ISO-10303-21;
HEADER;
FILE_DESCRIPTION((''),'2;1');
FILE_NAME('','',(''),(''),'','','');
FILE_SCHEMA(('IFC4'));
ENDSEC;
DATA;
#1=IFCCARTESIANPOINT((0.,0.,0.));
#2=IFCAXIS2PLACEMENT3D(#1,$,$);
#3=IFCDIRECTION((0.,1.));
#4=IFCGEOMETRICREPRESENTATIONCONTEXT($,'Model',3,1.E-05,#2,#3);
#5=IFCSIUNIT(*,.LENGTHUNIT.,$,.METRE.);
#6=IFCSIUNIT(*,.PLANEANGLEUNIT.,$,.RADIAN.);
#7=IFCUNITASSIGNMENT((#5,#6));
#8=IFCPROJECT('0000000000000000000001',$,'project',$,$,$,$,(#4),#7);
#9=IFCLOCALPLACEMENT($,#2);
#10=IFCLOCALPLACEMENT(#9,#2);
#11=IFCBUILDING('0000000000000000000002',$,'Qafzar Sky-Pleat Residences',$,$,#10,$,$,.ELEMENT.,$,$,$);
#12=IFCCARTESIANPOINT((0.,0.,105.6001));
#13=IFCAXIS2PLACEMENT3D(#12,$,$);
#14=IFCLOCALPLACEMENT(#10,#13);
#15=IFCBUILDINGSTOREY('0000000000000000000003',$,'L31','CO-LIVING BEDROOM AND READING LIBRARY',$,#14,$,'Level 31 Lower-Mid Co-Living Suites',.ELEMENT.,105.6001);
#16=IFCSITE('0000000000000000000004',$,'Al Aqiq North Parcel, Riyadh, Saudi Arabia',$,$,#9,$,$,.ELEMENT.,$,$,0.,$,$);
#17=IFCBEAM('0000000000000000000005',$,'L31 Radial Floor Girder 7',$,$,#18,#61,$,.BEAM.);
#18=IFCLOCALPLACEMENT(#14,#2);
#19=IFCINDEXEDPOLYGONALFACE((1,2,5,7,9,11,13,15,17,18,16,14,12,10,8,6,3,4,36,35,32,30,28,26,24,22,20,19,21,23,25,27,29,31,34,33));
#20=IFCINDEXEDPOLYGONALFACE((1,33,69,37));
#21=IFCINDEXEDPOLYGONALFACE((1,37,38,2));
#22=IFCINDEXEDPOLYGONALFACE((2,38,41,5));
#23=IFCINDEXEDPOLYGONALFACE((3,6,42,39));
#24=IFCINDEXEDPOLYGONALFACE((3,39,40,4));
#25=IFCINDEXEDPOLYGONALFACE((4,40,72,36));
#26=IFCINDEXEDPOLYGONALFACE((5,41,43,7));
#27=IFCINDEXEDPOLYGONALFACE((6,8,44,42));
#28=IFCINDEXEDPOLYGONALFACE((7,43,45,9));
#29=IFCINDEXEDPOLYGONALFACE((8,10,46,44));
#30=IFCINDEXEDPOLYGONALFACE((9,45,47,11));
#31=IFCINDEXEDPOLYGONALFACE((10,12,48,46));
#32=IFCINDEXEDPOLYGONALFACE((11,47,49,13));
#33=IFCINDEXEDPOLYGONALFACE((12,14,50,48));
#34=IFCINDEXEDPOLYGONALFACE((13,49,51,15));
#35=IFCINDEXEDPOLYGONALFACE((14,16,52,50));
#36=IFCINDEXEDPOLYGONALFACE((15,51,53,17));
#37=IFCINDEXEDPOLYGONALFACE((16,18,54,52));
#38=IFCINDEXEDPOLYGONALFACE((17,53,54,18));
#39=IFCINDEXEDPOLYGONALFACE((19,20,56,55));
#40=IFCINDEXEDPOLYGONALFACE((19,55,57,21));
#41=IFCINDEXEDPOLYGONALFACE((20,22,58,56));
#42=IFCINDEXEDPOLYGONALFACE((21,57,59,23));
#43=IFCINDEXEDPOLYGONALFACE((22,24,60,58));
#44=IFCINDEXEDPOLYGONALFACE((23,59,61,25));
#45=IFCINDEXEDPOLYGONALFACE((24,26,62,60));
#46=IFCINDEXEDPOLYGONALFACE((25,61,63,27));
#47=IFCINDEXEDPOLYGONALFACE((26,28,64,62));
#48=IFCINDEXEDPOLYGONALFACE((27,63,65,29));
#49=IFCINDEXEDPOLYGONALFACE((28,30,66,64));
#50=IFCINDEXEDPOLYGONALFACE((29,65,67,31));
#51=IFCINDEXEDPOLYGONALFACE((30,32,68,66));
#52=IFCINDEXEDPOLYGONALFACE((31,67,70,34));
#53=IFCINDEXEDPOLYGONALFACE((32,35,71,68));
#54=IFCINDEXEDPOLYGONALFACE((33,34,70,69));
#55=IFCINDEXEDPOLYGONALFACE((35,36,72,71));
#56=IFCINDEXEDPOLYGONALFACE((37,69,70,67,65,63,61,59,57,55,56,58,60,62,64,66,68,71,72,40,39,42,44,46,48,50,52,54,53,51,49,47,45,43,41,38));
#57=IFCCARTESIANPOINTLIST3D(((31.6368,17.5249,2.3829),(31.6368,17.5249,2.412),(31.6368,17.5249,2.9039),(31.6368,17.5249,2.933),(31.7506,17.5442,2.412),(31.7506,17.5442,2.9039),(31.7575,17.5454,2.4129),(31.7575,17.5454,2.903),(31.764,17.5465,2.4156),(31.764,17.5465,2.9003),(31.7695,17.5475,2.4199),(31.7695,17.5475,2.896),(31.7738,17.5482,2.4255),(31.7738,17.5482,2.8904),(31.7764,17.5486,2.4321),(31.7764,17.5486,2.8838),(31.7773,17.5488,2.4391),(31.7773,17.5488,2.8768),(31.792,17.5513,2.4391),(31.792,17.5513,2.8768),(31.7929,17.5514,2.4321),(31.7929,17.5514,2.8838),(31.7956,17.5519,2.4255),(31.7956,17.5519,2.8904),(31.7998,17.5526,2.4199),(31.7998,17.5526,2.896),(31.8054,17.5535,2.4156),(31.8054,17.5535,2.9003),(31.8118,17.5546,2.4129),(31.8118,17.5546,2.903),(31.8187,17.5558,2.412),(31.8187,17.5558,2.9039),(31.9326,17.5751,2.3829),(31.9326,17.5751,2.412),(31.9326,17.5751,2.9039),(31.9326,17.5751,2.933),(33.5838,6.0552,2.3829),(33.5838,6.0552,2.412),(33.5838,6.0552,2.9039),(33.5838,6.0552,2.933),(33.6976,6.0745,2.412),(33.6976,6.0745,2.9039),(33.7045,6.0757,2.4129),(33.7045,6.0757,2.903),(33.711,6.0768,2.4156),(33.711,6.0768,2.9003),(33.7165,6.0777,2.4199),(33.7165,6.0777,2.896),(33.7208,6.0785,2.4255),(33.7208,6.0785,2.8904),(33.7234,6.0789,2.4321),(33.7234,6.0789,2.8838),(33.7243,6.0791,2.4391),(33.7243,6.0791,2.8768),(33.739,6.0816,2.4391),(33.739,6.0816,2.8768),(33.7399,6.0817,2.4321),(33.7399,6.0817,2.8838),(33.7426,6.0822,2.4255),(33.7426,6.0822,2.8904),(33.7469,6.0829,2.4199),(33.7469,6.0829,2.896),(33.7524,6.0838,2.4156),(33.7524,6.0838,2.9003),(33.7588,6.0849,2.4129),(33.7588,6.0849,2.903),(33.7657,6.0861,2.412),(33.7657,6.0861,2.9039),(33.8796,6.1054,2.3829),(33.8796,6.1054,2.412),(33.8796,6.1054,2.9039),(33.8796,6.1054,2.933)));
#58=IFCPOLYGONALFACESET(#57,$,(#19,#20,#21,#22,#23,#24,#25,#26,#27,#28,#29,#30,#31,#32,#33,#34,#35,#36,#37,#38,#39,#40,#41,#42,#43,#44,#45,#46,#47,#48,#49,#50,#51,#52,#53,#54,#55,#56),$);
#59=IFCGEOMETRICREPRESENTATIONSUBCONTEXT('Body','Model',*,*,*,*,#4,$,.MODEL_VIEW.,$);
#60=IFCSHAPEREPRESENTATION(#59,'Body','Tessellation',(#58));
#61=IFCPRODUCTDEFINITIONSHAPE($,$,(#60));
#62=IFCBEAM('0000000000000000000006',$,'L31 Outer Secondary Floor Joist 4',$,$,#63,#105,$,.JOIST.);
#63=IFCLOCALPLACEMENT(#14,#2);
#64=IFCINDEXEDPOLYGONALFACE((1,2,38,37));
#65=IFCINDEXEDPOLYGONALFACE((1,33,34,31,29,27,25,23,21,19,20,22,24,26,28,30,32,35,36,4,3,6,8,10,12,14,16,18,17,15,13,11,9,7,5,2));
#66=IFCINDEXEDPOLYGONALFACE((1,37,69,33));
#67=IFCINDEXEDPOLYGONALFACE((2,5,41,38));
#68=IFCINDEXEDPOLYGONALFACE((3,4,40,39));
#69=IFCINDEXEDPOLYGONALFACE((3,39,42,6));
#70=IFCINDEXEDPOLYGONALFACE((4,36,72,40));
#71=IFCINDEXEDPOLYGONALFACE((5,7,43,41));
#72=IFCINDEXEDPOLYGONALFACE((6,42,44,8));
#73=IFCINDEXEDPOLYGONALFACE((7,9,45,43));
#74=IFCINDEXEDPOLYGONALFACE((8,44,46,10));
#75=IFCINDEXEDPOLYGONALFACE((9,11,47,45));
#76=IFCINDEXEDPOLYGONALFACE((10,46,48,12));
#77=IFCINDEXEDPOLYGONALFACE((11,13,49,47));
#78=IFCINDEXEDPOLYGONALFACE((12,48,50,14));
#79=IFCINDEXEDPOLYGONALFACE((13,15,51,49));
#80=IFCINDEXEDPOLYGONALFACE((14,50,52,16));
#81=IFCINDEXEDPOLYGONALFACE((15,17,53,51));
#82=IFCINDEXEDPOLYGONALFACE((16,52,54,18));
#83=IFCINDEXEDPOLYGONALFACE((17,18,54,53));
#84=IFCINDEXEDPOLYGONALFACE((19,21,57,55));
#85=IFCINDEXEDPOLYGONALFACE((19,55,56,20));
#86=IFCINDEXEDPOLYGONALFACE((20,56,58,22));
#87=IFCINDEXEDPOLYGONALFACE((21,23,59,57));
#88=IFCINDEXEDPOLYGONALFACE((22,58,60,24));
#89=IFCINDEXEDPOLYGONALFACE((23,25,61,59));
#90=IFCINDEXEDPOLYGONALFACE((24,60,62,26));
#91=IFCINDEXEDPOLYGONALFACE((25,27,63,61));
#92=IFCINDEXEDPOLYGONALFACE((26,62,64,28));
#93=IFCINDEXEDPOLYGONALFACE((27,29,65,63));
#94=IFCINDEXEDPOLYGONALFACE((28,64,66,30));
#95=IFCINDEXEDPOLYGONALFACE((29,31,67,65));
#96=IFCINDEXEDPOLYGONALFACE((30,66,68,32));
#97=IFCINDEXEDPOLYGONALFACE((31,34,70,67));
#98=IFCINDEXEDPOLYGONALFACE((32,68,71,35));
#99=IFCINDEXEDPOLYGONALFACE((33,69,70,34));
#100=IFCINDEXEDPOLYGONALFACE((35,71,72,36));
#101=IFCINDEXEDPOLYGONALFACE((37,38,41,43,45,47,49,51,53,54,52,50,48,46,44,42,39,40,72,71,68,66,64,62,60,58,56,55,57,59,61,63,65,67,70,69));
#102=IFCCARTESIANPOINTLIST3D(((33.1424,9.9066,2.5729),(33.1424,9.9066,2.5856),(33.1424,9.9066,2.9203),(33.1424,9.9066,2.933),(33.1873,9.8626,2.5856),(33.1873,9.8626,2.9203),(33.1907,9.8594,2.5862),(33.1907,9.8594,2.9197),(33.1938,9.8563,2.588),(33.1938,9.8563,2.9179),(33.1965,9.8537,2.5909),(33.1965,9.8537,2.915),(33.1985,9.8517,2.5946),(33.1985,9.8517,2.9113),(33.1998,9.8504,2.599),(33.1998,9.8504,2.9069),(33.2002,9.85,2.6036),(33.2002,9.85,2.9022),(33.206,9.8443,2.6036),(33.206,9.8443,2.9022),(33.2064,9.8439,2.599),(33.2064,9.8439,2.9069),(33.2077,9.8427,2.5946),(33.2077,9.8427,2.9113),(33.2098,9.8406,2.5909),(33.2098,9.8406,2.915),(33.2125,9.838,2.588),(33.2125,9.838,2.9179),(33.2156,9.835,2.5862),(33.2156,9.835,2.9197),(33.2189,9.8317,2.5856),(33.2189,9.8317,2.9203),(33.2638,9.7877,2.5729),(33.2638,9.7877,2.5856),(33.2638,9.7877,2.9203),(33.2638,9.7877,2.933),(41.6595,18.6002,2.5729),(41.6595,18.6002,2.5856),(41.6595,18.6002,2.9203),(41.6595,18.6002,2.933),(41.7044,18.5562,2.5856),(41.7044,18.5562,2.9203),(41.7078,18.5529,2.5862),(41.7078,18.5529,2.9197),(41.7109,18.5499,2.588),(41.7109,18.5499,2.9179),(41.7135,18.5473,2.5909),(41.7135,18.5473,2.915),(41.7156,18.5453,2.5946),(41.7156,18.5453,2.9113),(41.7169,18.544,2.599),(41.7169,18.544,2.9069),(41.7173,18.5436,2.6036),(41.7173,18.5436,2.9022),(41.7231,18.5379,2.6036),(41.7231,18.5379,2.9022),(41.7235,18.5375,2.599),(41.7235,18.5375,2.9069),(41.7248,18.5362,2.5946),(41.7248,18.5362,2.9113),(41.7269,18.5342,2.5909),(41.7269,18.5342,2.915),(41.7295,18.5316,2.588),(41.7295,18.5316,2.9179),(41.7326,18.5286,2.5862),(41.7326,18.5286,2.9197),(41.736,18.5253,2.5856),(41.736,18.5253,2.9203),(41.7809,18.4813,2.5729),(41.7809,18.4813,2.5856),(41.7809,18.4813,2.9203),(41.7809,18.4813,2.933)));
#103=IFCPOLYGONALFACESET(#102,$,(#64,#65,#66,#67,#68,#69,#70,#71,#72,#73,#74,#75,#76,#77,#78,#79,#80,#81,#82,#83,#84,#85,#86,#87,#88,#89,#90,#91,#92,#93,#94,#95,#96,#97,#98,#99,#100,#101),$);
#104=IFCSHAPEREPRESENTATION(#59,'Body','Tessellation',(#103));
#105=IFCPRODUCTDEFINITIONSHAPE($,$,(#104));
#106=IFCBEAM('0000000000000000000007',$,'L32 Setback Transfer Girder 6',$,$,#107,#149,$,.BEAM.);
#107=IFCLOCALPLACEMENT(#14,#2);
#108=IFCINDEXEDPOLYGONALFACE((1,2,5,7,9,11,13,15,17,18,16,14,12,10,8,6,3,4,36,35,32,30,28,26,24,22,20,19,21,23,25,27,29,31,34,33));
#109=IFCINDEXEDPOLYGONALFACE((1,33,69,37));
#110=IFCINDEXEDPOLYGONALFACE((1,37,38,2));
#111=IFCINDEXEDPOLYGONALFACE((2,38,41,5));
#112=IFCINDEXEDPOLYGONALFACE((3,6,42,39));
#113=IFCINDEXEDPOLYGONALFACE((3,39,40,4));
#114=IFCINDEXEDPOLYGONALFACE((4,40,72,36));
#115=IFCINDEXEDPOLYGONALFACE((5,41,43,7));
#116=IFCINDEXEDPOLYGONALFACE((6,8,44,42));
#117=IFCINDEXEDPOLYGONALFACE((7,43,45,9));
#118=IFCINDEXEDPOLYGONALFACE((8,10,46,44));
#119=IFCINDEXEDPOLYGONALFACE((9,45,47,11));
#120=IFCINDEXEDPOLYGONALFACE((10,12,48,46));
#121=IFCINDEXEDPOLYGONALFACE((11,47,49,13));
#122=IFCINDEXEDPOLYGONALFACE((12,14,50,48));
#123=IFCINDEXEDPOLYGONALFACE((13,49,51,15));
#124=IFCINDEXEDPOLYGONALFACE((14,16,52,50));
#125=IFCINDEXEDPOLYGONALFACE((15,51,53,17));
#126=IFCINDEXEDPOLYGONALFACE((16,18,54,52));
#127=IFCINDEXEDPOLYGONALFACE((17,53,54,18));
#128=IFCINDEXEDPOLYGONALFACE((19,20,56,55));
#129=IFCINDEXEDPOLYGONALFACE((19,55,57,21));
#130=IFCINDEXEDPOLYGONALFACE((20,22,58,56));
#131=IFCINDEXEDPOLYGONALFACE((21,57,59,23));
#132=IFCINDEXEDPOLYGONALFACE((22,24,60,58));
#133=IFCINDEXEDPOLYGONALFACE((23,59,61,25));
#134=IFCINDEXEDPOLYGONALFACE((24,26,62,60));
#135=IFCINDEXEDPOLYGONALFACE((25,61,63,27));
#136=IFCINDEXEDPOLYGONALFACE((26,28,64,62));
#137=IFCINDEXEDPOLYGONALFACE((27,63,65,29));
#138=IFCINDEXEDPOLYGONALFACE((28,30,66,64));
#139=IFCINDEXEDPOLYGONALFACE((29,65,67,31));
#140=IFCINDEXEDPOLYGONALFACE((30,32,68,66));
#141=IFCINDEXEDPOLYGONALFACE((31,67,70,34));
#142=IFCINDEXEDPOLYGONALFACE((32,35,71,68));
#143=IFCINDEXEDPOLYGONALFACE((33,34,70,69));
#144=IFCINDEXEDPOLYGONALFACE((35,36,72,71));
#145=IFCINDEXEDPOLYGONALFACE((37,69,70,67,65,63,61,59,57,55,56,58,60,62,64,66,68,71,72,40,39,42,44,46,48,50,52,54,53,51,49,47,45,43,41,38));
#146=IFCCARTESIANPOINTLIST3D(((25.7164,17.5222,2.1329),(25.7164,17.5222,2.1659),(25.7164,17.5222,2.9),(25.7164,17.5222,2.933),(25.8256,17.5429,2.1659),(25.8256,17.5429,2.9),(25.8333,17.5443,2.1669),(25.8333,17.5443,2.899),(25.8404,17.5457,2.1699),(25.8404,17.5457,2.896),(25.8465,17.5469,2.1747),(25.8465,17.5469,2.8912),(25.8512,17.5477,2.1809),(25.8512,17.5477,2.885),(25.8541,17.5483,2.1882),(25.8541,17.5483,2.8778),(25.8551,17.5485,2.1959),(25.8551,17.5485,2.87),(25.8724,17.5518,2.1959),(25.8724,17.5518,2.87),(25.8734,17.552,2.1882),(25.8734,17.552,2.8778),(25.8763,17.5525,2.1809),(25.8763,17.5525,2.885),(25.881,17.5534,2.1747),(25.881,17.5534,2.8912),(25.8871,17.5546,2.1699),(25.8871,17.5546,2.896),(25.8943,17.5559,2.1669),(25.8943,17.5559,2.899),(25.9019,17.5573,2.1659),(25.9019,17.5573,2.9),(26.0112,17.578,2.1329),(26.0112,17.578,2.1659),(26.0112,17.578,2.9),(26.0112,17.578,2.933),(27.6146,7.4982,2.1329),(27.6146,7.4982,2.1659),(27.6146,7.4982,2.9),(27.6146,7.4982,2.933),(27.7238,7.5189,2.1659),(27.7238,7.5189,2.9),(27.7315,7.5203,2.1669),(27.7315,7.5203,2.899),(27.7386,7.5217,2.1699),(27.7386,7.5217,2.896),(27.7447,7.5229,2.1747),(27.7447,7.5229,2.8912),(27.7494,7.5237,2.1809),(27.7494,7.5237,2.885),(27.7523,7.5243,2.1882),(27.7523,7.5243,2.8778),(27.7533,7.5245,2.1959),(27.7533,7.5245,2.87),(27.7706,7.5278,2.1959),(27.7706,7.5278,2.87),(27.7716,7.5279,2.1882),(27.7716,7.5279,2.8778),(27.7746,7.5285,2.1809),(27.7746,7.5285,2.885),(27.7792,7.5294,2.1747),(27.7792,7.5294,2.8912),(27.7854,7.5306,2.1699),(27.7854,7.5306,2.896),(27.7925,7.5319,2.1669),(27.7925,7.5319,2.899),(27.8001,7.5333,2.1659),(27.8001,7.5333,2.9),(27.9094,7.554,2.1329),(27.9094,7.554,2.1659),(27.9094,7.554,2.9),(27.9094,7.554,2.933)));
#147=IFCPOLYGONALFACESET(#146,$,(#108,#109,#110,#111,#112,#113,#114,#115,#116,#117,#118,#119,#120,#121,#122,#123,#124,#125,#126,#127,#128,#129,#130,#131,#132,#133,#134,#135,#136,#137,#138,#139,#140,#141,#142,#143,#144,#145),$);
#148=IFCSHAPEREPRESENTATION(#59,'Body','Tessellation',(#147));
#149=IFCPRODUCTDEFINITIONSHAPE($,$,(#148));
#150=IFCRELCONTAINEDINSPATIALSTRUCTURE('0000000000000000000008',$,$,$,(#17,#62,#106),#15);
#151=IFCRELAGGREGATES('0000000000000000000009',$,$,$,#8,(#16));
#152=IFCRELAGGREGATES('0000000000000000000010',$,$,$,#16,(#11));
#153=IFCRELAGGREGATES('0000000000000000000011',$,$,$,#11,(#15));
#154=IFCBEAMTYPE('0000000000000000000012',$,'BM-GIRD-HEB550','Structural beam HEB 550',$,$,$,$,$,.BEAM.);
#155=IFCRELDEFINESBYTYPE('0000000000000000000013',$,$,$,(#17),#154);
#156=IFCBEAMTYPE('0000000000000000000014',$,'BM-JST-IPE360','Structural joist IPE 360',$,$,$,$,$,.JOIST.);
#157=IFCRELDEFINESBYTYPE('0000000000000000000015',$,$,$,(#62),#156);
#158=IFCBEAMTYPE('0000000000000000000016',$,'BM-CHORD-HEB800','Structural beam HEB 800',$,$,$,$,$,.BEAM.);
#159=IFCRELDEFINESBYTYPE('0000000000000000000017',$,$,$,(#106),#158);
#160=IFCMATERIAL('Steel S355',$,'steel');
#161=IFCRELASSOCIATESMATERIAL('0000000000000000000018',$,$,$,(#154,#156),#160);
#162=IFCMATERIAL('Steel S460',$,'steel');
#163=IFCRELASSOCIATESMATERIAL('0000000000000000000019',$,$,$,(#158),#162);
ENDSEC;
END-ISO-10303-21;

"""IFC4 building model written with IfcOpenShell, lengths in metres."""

from ifc_helpers import new_model, si_unit, direction, frame, origin, origin_2d, place, context, subcontext, project, spatial, i_section, extrude, source, transform, mapped, material, material_profile, profile_set, type_object, element, save


model = new_model("IFC4")

# Units and contexts
model_context = context("Model", 3, precision=1e-05, world=origin(), true_north=direction((0.0, 1.0)))
body_context = subcontext(model_context, "Body", "Model", "MODEL_VIEW")
ifc_project = project(units=[si_unit("LENGTHUNIT", "METRE"), si_unit("PLANEANGLEUNIT", "RADIAN")], contexts=[model_context])

# Site, building, storey
site_placement = place(None, origin())
site = spatial("IfcSite", under=ifc_project, at=site_placement, Name="Al Aqiq North Parcel, Riyadh, Saudi Arabia", CompositionType="ELEMENT", RefElevation=0.0)
building_placement = place(site_placement, origin())
building = spatial("IfcBuilding", under=site, at=building_placement, Name="Qafzar Sky-Pleat Residences", CompositionType="ELEMENT")
storey_placement = place(building_placement, frame((0.0, 0.0, 105.6001)))
storey = spatial("IfcBuildingStorey", under=building, at=storey_placement, Name="L31", Description="CO-LIVING BEDROOM AND READING LIBRARY", LongName="Level 31 Lower-Mid Co-Living Suites", CompositionType="ELEMENT", Elevation=105.6001)

# Shared definitions
ifc_material_1 = material(Name="Steel S460", Category="steel")

# Beams
ifc_material_2 = material(Name="Steel S355", Category="steel")
ifc_material_profile_1 = material_profile(ifc_material_2, i_section(OverallWidth=0.3, OverallDepth=0.55, WebThickness=0.0149, FlangeThickness=0.0291, FilletRadius=0.0271, at=origin_2d()), Name="HEB 550")
ifc_profile_set_1 = profile_set([ifc_material_profile_1], Name="Steel S355")
beam_type_1 = type_object("IfcBeamType", Name="BM-GIRD-HEB550", Description="Structural beam HEB 550", PredefinedType="BEAM", material=ifc_profile_set_1)
shared_shape_1 = source(origin(), body_context, "Body", "SweptSolid", [
    extrude(i_section(OverallWidth=0.3, OverallDepth=0.55, WebThickness=0.0149, FlangeThickness=0.0291, FilletRadius=0.0271, at=origin_2d()), origin(), (0.0, 0.0, 1.0), 11.6338),
])
beam_1_placement = place(storey_placement, frame((33.7317, 6.0803, 2.658), z_axis=(-0.167359, 0.985896, 0.0), x_axis=(-0.985896, -0.167359, 0.0)))
element("IfcBeam", 1, at=beam_1_placement, inside=storey, type_object=beam_type_1, Name="L31 Radial Floor Girder 7", PredefinedType="BEAM", context=body_context, shape_type="MappedRepresentation", body=[
    mapped(shared_shape_1, transform((0.0, 0.0, 0.0), x_axis=(1.0, 0.0, 0.0), y_axis=(0.0, 1.0, 0.0), z_axis=(0.0, 0.0, 1.0), scale=1.0)),
])
ifc_material_profile_2 = material_profile(ifc_material_2, i_section(OverallWidth=0.1699, OverallDepth=0.3601, WebThickness=0.0081, FlangeThickness=0.0127, FilletRadius=0.0181, at=origin_2d()), Name="IPE 360")
ifc_profile_set_2 = profile_set([ifc_material_profile_2], Name="Steel S355")
beam_type_2 = type_object("IfcBeamType", Name="BM-JST-IPE360", Description="Structural joist IPE 360", PredefinedType="JOIST", material=ifc_profile_set_2)
shared_shape_2 = source(origin(), body_context, "Body", "SweptSolid", [
    extrude(i_section(OverallWidth=0.1699, OverallDepth=0.3601, WebThickness=0.0081, FlangeThickness=0.0127, FilletRadius=0.0181, at=origin_2d()), origin(), (0.0, 0.0, 1.0), 12.1704),
])
beam_2_placement = place(storey_placement, frame((33.2031, 9.8472, 2.7529), z_axis=(0.699818, 0.714321, 0.0), x_axis=(-0.714321, 0.699818, 0.0)))
element("IfcBeam", 2, at=beam_2_placement, inside=storey, type_object=beam_type_2, Name="L31 Outer Secondary Floor Joist 4", PredefinedType="JOIST", context=body_context, shape_type="MappedRepresentation", body=[
    mapped(shared_shape_2, transform((0.0, 0.0, 0.0), x_axis=(1.0, 0.0, 0.0), y_axis=(0.0, 1.0, 0.0), z_axis=(0.0, 0.0, 1.0), scale=1.0)),
])
ifc_material_profile_3 = material_profile(ifc_material_1, i_section(OverallWidth=0.3, OverallDepth=0.8, WebThickness=0.0176, FlangeThickness=0.033, FilletRadius=0.03, at=origin_2d()), Name="HEB 800")
ifc_profile_set_3 = profile_set([ifc_material_profile_3], Name="Steel S460")
beam_type_3 = type_object("IfcBeamType", Name="BM-CHORD-HEB800", Description="Structural beam HEB 800", PredefinedType="BEAM", material=ifc_profile_set_3)
shared_shape_3 = source(origin(), body_context, "Body", "SweptSolid", [
    extrude(i_section(OverallWidth=0.3, OverallDepth=0.8, WebThickness=0.0176, FlangeThickness=0.033, FilletRadius=0.03, at=origin_2d()), origin(), (0.0, 0.0, 1.0), 10.2021),
])
beam_3_placement = place(storey_placement, frame((27.762, 7.5261, 2.533), z_axis=(-0.18606, 0.982538, 0.0), x_axis=(-0.982538, -0.18606, 0.0)))
element("IfcBeam", 3, at=beam_3_placement, inside=storey, type_object=beam_type_3, Name="L32 Setback Transfer Girder 6", PredefinedType="BEAM", context=body_context, shape_type="MappedRepresentation", body=[
    mapped(shared_shape_3, transform((0.0, 0.0, 0.0), x_axis=(1.0, 0.0, 0.0), y_axis=(0.0, 1.0, 0.0), z_axis=(0.0, 0.0, 1.0), scale=1.0)),
])

save(model, "model.ifc")
